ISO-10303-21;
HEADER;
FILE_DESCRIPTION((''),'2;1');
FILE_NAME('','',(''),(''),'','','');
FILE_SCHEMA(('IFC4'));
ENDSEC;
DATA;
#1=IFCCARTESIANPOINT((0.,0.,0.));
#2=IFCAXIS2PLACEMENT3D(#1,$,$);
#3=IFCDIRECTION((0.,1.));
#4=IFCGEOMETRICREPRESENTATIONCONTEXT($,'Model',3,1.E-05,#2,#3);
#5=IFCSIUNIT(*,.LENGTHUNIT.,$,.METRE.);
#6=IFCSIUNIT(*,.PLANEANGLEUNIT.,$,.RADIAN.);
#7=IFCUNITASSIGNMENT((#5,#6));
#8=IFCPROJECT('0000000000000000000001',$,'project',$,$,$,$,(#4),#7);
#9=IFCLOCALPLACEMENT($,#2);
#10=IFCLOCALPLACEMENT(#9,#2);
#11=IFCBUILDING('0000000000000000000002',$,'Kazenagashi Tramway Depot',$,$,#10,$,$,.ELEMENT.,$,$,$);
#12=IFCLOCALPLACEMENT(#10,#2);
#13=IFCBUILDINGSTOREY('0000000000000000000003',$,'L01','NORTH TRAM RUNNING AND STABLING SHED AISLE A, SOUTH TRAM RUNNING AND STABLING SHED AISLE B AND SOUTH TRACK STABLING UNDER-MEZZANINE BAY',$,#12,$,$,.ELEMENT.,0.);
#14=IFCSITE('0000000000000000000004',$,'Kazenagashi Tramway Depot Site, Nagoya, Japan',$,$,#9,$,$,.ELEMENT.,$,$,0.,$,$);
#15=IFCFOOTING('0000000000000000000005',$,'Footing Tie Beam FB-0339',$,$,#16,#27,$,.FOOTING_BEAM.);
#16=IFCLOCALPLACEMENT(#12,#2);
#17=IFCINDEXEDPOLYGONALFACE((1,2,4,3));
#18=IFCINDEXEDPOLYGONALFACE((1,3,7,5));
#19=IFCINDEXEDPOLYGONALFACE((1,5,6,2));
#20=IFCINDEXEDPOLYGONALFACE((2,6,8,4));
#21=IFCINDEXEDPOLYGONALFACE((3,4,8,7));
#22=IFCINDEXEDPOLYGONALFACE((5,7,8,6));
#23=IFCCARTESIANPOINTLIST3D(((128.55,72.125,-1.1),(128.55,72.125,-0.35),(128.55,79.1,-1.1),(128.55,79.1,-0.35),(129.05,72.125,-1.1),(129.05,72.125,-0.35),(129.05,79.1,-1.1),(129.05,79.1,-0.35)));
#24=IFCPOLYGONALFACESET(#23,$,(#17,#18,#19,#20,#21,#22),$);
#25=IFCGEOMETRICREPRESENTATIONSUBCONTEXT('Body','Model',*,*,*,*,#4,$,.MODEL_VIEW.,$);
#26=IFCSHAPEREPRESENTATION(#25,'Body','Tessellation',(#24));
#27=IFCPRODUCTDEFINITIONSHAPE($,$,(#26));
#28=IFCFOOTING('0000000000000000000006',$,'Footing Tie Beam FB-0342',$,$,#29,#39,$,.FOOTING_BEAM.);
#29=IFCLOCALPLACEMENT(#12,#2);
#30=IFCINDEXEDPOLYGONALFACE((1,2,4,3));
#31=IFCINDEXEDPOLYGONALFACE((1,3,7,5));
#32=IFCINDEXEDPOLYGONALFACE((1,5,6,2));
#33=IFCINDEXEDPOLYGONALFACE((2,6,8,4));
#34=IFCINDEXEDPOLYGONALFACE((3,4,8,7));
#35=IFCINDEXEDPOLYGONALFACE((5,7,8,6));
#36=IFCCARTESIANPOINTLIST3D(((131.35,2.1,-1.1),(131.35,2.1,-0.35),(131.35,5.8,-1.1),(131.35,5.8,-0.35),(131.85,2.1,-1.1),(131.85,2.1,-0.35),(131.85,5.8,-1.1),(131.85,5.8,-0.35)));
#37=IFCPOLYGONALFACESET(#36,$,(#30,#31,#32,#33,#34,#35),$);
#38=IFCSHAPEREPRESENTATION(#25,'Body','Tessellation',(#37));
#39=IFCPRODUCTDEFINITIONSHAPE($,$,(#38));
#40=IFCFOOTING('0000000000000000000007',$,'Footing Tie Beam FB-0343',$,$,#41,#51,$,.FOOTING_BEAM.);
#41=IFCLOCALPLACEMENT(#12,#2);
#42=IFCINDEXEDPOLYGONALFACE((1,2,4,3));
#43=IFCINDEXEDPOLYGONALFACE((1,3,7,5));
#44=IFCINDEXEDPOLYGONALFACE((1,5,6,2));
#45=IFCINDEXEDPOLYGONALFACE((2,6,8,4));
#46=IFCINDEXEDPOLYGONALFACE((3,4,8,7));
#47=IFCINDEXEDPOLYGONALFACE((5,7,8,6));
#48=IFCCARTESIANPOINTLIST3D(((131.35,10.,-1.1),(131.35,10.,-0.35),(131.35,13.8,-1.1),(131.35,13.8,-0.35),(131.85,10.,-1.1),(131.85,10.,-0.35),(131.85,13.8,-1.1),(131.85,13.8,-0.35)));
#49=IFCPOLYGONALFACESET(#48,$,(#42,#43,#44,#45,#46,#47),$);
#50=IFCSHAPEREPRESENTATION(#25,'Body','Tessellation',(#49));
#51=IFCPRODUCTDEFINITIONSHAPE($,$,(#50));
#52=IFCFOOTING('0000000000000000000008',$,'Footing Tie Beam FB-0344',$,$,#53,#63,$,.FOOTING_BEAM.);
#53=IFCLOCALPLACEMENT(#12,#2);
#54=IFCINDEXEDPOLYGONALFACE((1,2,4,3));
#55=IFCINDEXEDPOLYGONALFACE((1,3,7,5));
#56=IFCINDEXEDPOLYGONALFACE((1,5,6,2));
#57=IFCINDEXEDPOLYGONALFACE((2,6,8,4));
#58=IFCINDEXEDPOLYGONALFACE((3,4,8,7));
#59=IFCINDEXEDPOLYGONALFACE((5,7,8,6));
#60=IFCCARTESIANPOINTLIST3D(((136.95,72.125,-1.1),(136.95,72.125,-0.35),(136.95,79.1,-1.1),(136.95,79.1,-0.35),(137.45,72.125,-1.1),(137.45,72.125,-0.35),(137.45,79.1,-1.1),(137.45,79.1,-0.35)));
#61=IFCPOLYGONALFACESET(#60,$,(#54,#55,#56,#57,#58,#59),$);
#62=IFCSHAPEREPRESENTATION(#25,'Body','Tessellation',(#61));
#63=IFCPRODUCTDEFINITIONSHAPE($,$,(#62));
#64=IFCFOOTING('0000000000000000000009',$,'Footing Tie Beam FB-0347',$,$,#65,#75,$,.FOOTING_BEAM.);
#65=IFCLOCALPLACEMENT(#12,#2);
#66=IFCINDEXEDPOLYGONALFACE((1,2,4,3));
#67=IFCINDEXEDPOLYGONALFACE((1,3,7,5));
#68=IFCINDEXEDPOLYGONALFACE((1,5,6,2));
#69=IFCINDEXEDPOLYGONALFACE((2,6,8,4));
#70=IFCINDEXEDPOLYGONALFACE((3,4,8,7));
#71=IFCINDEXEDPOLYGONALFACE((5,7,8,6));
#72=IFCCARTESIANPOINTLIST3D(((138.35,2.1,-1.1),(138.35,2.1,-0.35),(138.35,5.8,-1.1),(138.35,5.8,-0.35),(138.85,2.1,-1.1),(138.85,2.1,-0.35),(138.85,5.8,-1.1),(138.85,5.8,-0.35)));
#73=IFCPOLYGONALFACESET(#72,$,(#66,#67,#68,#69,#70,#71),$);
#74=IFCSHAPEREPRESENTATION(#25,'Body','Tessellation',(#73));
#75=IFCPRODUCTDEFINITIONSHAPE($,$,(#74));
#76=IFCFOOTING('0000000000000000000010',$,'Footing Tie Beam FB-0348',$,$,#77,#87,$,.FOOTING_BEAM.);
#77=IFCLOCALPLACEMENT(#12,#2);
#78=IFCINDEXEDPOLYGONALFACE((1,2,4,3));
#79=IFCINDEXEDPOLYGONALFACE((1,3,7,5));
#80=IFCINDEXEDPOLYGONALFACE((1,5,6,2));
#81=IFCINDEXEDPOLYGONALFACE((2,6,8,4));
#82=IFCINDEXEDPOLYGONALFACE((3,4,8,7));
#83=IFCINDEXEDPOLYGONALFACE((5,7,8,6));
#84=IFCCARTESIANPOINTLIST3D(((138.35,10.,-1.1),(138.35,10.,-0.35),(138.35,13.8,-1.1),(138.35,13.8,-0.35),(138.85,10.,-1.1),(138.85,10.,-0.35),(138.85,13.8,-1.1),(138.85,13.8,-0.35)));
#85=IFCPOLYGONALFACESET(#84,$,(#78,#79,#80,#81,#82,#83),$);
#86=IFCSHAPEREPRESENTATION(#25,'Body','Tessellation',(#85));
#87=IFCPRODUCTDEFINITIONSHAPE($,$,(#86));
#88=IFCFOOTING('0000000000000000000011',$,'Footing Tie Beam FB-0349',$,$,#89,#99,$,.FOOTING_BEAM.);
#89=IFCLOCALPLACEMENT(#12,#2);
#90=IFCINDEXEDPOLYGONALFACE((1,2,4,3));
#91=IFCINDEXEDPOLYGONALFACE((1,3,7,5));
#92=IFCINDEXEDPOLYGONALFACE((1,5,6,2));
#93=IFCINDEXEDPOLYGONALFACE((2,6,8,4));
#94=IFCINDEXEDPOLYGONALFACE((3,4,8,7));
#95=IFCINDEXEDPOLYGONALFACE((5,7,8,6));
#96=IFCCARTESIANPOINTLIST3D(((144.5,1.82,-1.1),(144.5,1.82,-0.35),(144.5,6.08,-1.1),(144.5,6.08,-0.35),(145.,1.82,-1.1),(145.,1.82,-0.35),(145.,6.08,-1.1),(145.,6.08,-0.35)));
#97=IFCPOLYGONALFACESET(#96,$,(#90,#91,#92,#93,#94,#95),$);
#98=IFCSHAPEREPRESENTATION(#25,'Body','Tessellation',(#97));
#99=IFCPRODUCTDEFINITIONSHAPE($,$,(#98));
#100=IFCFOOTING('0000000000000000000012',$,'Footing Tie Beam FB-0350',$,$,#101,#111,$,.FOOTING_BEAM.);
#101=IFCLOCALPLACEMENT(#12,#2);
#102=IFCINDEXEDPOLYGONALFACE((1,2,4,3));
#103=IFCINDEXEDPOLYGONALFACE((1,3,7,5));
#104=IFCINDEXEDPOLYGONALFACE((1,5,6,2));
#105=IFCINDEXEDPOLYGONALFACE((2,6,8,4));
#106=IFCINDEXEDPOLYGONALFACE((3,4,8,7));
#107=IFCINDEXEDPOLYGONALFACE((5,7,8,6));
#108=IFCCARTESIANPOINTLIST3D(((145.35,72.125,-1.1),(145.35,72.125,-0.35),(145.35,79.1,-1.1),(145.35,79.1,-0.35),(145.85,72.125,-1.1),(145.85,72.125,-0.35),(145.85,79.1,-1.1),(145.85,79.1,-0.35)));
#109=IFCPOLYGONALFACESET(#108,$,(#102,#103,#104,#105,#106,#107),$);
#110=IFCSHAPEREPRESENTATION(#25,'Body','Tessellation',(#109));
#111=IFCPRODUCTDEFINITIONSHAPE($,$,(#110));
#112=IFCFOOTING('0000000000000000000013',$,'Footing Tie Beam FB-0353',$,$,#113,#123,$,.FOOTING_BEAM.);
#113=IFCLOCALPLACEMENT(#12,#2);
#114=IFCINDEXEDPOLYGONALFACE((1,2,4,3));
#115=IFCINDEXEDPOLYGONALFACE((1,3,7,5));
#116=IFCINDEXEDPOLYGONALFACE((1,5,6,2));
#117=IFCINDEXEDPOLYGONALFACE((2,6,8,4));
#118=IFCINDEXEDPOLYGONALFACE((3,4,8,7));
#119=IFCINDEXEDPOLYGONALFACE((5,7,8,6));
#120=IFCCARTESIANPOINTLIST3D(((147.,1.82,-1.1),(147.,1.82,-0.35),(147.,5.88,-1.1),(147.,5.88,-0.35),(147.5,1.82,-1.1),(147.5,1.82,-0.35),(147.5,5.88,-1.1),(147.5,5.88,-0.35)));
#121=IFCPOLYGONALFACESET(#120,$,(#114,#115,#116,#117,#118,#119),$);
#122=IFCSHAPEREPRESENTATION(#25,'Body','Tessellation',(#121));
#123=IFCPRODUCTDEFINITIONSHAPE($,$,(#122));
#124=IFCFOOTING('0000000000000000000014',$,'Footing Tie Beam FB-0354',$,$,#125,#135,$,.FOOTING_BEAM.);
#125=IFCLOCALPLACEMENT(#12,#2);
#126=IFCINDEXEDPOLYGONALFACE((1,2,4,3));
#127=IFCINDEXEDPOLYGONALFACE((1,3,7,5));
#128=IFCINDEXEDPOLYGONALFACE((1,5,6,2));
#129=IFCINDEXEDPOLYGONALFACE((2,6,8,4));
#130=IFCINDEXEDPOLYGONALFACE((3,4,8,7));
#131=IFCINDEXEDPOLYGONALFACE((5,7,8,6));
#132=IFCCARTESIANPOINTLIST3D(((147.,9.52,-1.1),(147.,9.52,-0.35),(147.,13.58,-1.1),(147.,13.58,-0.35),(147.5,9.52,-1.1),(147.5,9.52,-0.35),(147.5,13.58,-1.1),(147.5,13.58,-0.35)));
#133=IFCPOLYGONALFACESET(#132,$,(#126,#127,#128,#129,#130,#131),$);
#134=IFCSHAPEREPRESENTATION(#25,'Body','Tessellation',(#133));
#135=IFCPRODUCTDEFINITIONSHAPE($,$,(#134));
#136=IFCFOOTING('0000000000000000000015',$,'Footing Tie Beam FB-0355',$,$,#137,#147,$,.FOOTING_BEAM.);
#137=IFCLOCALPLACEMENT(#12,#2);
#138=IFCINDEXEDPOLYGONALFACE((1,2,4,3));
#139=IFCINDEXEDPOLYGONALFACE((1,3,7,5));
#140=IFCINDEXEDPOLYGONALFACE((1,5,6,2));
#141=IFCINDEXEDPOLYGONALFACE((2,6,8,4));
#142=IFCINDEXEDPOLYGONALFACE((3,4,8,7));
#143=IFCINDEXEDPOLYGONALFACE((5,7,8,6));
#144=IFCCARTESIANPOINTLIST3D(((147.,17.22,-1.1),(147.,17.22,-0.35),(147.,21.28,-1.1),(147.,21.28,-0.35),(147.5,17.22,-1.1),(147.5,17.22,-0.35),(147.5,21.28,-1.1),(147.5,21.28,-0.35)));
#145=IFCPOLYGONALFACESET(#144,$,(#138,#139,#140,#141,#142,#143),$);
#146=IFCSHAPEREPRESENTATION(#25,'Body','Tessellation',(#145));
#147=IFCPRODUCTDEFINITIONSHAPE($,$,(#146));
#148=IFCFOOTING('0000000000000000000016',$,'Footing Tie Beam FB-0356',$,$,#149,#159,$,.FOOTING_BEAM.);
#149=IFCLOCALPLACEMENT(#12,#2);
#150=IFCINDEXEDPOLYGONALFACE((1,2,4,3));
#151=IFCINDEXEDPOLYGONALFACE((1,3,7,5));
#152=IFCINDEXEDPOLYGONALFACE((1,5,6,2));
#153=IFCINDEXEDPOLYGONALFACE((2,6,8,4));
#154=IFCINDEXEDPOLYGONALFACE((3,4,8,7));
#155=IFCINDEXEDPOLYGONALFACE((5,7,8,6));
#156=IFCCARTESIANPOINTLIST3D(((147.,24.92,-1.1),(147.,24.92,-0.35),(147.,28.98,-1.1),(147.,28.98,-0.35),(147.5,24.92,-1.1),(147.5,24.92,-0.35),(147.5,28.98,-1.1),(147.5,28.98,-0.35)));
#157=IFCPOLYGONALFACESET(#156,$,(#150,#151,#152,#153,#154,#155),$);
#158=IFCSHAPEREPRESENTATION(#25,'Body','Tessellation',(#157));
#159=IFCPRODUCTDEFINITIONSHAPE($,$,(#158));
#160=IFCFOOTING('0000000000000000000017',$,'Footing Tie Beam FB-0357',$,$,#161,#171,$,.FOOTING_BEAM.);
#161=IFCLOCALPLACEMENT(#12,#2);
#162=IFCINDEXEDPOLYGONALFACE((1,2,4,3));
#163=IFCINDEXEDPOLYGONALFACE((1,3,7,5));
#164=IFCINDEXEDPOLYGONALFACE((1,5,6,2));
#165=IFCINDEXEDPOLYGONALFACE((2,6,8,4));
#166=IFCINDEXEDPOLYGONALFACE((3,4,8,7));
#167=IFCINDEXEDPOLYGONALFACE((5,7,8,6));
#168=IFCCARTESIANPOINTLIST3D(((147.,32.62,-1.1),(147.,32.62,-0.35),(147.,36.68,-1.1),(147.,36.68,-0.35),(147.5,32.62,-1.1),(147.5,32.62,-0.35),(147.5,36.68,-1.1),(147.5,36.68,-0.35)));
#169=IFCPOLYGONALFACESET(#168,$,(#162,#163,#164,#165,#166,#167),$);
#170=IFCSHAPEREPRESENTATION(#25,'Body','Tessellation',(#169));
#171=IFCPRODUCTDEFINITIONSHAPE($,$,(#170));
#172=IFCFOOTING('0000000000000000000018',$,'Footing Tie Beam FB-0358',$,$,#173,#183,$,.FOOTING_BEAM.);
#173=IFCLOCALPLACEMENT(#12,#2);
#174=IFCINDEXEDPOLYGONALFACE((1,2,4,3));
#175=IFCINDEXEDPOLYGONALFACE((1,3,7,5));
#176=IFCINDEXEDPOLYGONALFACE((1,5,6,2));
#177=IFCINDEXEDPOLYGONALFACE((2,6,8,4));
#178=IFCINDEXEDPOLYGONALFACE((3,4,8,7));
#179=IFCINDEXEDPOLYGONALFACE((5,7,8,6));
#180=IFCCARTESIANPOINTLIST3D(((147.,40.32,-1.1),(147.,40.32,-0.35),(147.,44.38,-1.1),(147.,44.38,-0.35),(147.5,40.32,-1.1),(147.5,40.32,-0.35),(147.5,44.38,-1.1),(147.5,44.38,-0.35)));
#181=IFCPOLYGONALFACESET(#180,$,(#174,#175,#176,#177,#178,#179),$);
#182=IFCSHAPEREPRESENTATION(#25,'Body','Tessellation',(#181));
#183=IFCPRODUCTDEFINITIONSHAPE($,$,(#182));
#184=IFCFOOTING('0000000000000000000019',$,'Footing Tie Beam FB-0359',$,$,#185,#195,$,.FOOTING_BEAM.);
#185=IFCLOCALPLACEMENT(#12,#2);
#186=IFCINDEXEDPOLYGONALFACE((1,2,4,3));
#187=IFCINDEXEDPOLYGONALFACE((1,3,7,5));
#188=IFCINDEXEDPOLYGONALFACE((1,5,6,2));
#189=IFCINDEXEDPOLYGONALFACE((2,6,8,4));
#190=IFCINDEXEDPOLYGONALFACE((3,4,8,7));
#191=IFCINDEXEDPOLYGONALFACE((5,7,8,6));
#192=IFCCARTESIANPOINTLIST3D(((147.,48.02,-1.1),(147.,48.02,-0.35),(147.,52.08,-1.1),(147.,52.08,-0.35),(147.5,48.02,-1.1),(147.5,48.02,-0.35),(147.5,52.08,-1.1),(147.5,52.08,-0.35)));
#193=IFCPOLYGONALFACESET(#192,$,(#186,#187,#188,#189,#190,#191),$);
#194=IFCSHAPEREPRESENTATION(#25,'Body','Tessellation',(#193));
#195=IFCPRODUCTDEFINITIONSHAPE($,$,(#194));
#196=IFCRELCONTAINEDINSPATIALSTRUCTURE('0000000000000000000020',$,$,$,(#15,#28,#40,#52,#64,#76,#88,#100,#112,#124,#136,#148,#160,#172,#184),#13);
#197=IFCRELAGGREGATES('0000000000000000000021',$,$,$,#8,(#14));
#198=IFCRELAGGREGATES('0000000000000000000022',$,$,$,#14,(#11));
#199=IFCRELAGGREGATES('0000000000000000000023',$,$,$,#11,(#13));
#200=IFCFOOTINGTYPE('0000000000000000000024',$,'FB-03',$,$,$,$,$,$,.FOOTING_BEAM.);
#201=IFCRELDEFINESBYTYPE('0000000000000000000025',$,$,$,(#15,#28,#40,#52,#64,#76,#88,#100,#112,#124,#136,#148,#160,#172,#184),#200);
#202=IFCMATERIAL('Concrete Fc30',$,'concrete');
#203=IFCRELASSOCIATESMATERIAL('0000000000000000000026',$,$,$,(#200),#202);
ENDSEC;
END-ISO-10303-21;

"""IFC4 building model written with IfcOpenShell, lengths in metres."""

from ifc_helpers import new_model, si_unit, direction, frame, origin, place, context, subcontext, project, spatial, polyline, outline, extrude, material, type_object, element, save


model = new_model("IFC4")

# Units and contexts
model_context = context("Model", 3, precision=1e-05, world=origin(), true_north=direction((0.0, 1.0)))
body_context = subcontext(model_context, "Body", "Model", "MODEL_VIEW")
ifc_project = project(units=[si_unit("LENGTHUNIT", "METRE"), si_unit("PLANEANGLEUNIT", "RADIAN")], contexts=[model_context])

# Site, building, storey
site_placement = place(None, origin())
site = spatial("IfcSite", under=ifc_project, at=site_placement, Name="Kazenagashi Tramway Depot Site, Nagoya, Japan", CompositionType="ELEMENT", RefElevation=0.0)
building_placement = place(site_placement, origin())
building = spatial("IfcBuilding", under=site, at=building_placement, Name="Kazenagashi Tramway Depot", CompositionType="ELEMENT")
storey_placement = place(building_placement, origin())
storey = spatial("IfcBuildingStorey", under=building, at=storey_placement, Name="L01", Description="NORTH TRAM RUNNING AND STABLING SHED AISLE A, SOUTH TRAM RUNNING AND STABLING SHED AISLE B AND SOUTH TRACK STABLING UNDER-MEZZANINE BAY", CompositionType="ELEMENT", Elevation=0.0)

# Footings
ifc_material = material(Name="Concrete Fc30", Category="concrete")
footing_type = type_object("IfcFootingType", Name="FB-03", PredefinedType="FOOTING_BEAM", material=ifc_material)
footing_1_placement = place(storey_placement, frame((0.0, 0.0, -1.1)))
element("IfcFooting", 1, at=footing_1_placement, inside=storey, type_object=footing_type, Name="Footing Tie Beam FB-0339", PredefinedType="FOOTING_BEAM", context=body_context, shape_type="SweptSolid", body=[
    extrude(outline(polyline([(128.55, 72.125), (129.05, 72.125), (129.05, 79.1), (128.55, 79.1), (128.55, 72.125)])), origin(), (0.0, 0.0, 1.0), 0.75),
])
footing_2_placement = place(storey_placement, frame((0.0, 0.0, -1.1)))
element("IfcFooting", 2, at=footing_2_placement, inside=storey, type_object=footing_type, Name="Footing Tie Beam FB-0342", PredefinedType="FOOTING_BEAM", context=body_context, shape_type="SweptSolid", body=[
    extrude(outline(polyline([(131.35, 2.1), (131.85, 2.1), (131.85, 5.8), (131.35, 5.8), (131.35, 2.1)])), origin(), (0.0, 0.0, 1.0), 0.75),
])
footing_3_placement = place(storey_placement, frame((0.0, 0.0, -1.1)))
element("IfcFooting", 3, at=footing_3_placement, inside=storey, type_object=footing_type, Name="Footing Tie Beam FB-0343", PredefinedType="FOOTING_BEAM", context=body_context, shape_type="SweptSolid", body=[
    extrude(outline(polyline([(131.35, 10.0), (131.85, 10.0), (131.85, 13.8), (131.35, 13.8), (131.35, 10.0)])), origin(), (0.0, 0.0, 1.0), 0.75),
])
footing_4_placement = place(storey_placement, frame((0.0, 0.0, -1.1)))
element("IfcFooting", 4, at=footing_4_placement, inside=storey, type_object=footing_type, Name="Footing Tie Beam FB-0344", PredefinedType="FOOTING_BEAM", context=body_context, shape_type="SweptSolid", body=[
    extrude(outline(polyline([(136.95, 72.125), (137.45, 72.125), (137.45, 79.1), (136.95, 79.1), (136.95, 72.125)])), origin(), (0.0, 0.0, 1.0), 0.75),
])
footing_5_placement = place(storey_placement, frame((0.0, 0.0, -1.1)))
element("IfcFooting", 5, at=footing_5_placement, inside=storey, type_object=footing_type, Name="Footing Tie Beam FB-0347", PredefinedType="FOOTING_BEAM", context=body_context, shape_type="SweptSolid", body=[
    extrude(outline(polyline([(138.35, 2.1), (138.85, 2.1), (138.85, 5.8), (138.35, 5.8), (138.35, 2.1)])), origin(), (0.0, 0.0, 1.0), 0.75),
])
footing_6_placement = place(storey_placement, frame((0.0, 0.0, -1.1)))
element("IfcFooting", 6, at=footing_6_placement, inside=storey, type_object=footing_type, Name="Footing Tie Beam FB-0348", PredefinedType="FOOTING_BEAM", context=body_context, shape_type="SweptSolid", body=[
    extrude(outline(polyline([(138.35, 10.0), (138.85, 10.0), (138.85, 13.8), (138.35, 13.8), (138.35, 10.0)])), origin(), (0.0, 0.0, 1.0), 0.75),
])
footing_7_placement = place(storey_placement, frame((0.0, 0.0, -1.1)))
element("IfcFooting", 7, at=footing_7_placement, inside=storey, type_object=footing_type, Name="Footing Tie Beam FB-0349", PredefinedType="FOOTING_BEAM", context=body_context, shape_type="SweptSolid", body=[
    extrude(outline(polyline([(144.5, 1.82), (145.0, 1.82), (145.0, 6.08), (144.5, 6.08), (144.5, 1.82)])), origin(), (0.0, 0.0, 1.0), 0.75),
])
footing_8_placement = place(storey_placement, frame((0.0, 0.0, -1.1)))
element("IfcFooting", 8, at=footing_8_placement, inside=storey, type_object=footing_type, Name="Footing Tie Beam FB-0350", PredefinedType="FOOTING_BEAM", context=body_context, shape_type="SweptSolid", body=[
    extrude(outline(polyline([(145.35, 72.125), (145.85, 72.125), (145.85, 79.1), (145.35, 79.1), (145.35, 72.125)])), origin(), (0.0, 0.0, 1.0), 0.75),
])
footing_9_placement = place(storey_placement, frame((0.0, 0.0, -1.1)))
element("IfcFooting", 9, at=footing_9_placement, inside=storey, type_object=footing_type, Name="Footing Tie Beam FB-0353", PredefinedType="FOOTING_BEAM", context=body_context, shape_type="SweptSolid", body=[
    extrude(outline(polyline([(147.0, 1.82), (147.5, 1.82), (147.5, 5.88), (147.0, 5.88), (147.0, 1.82)])), origin(), (0.0, 0.0, 1.0), 0.75),
])
footing_10_placement = place(storey_placement, frame((0.0, 0.0, -1.1)))
element("IfcFooting", 10, at=footing_10_placement, inside=storey, type_object=footing_type, Name="Footing Tie Beam FB-0354", PredefinedType="FOOTING_BEAM", context=body_context, shape_type="SweptSolid", body=[
    extrude(outline(polyline([(147.0, 9.52), (147.5, 9.52), (147.5, 13.58), (147.0, 13.58), (147.0, 9.52)])), origin(), (0.0, 0.0, 1.0), 0.75),
])
footing_11_placement = place(storey_placement, frame((0.0, 0.0, -1.1)))
element("IfcFooting", 11, at=footing_11_placement, inside=storey, type_object=footing_type, Name="Footing Tie Beam FB-0355", PredefinedType="FOOTING_BEAM", context=body_context, shape_type="SweptSolid", body=[
    extrude(outline(polyline([(147.0, 17.22), (147.5, 17.22), (147.5, 21.28), (147.0, 21.28), (147.0, 17.22)])), origin(), (0.0, 0.0, 1.0), 0.75),
])
footing_12_placement = place(storey_placement, frame((0.0, 0.0, -1.1)))
element("IfcFooting", 12, at=footing_12_placement, inside=storey, type_object=footing_type, Name="Footing Tie Beam FB-0356", PredefinedType="FOOTING_BEAM", context=body_context, shape_type="SweptSolid", body=[
    extrude(outline(polyline([(147.0, 24.92), (147.5, 24.92), (147.5, 28.98), (147.0, 28.98), (147.0, 24.92)])), origin(), (0.0, 0.0, 1.0), 0.75),
])
footing_13_placement = place(storey_placement, frame((0.0, 0.0, -1.1)))
element("IfcFooting", 13, at=footing_13_placement, inside=storey, type_object=footing_type, Name="Footing Tie Beam FB-0357", PredefinedType="FOOTING_BEAM", context=body_context, shape_type="SweptSolid", body=[
    extrude(outline(polyline([(147.0, 32.62), (147.5, 32.62), (147.5, 36.68), (147.0, 36.68), (147.0, 32.62)])), origin(), (0.0, 0.0, 1.0), 0.75),
])
footing_14_placement = place(storey_placement, frame((0.0, 0.0, -1.1)))
element("IfcFooting", 14, at=footing_14_placement, inside=storey, type_object=footing_type, Name="Footing Tie Beam FB-0358", PredefinedType="FOOTING_BEAM", context=body_context, shape_type="SweptSolid", body=[
    extrude(outline(polyline([(147.0, 40.32), (147.5, 40.32), (147.5, 44.38), (147.0, 44.38), (147.0, 40.32)])), origin(), (0.0, 0.0, 1.0), 0.75),
])
footing_15_placement = place(storey_placement, frame((0.0, 0.0, -1.1)))
element("IfcFooting", 15, at=footing_15_placement, inside=storey, type_object=footing_type, Name="Footing Tie Beam FB-0359", PredefinedType="FOOTING_BEAM", context=body_context, shape_type="SweptSolid", body=[
    extrude(outline(polyline([(147.0, 48.02), (147.5, 48.02), (147.5, 52.08), (147.0, 52.08), (147.0, 48.02)])), origin(), (0.0, 0.0, 1.0), 0.75),
])

save(model, "model.ifc")
